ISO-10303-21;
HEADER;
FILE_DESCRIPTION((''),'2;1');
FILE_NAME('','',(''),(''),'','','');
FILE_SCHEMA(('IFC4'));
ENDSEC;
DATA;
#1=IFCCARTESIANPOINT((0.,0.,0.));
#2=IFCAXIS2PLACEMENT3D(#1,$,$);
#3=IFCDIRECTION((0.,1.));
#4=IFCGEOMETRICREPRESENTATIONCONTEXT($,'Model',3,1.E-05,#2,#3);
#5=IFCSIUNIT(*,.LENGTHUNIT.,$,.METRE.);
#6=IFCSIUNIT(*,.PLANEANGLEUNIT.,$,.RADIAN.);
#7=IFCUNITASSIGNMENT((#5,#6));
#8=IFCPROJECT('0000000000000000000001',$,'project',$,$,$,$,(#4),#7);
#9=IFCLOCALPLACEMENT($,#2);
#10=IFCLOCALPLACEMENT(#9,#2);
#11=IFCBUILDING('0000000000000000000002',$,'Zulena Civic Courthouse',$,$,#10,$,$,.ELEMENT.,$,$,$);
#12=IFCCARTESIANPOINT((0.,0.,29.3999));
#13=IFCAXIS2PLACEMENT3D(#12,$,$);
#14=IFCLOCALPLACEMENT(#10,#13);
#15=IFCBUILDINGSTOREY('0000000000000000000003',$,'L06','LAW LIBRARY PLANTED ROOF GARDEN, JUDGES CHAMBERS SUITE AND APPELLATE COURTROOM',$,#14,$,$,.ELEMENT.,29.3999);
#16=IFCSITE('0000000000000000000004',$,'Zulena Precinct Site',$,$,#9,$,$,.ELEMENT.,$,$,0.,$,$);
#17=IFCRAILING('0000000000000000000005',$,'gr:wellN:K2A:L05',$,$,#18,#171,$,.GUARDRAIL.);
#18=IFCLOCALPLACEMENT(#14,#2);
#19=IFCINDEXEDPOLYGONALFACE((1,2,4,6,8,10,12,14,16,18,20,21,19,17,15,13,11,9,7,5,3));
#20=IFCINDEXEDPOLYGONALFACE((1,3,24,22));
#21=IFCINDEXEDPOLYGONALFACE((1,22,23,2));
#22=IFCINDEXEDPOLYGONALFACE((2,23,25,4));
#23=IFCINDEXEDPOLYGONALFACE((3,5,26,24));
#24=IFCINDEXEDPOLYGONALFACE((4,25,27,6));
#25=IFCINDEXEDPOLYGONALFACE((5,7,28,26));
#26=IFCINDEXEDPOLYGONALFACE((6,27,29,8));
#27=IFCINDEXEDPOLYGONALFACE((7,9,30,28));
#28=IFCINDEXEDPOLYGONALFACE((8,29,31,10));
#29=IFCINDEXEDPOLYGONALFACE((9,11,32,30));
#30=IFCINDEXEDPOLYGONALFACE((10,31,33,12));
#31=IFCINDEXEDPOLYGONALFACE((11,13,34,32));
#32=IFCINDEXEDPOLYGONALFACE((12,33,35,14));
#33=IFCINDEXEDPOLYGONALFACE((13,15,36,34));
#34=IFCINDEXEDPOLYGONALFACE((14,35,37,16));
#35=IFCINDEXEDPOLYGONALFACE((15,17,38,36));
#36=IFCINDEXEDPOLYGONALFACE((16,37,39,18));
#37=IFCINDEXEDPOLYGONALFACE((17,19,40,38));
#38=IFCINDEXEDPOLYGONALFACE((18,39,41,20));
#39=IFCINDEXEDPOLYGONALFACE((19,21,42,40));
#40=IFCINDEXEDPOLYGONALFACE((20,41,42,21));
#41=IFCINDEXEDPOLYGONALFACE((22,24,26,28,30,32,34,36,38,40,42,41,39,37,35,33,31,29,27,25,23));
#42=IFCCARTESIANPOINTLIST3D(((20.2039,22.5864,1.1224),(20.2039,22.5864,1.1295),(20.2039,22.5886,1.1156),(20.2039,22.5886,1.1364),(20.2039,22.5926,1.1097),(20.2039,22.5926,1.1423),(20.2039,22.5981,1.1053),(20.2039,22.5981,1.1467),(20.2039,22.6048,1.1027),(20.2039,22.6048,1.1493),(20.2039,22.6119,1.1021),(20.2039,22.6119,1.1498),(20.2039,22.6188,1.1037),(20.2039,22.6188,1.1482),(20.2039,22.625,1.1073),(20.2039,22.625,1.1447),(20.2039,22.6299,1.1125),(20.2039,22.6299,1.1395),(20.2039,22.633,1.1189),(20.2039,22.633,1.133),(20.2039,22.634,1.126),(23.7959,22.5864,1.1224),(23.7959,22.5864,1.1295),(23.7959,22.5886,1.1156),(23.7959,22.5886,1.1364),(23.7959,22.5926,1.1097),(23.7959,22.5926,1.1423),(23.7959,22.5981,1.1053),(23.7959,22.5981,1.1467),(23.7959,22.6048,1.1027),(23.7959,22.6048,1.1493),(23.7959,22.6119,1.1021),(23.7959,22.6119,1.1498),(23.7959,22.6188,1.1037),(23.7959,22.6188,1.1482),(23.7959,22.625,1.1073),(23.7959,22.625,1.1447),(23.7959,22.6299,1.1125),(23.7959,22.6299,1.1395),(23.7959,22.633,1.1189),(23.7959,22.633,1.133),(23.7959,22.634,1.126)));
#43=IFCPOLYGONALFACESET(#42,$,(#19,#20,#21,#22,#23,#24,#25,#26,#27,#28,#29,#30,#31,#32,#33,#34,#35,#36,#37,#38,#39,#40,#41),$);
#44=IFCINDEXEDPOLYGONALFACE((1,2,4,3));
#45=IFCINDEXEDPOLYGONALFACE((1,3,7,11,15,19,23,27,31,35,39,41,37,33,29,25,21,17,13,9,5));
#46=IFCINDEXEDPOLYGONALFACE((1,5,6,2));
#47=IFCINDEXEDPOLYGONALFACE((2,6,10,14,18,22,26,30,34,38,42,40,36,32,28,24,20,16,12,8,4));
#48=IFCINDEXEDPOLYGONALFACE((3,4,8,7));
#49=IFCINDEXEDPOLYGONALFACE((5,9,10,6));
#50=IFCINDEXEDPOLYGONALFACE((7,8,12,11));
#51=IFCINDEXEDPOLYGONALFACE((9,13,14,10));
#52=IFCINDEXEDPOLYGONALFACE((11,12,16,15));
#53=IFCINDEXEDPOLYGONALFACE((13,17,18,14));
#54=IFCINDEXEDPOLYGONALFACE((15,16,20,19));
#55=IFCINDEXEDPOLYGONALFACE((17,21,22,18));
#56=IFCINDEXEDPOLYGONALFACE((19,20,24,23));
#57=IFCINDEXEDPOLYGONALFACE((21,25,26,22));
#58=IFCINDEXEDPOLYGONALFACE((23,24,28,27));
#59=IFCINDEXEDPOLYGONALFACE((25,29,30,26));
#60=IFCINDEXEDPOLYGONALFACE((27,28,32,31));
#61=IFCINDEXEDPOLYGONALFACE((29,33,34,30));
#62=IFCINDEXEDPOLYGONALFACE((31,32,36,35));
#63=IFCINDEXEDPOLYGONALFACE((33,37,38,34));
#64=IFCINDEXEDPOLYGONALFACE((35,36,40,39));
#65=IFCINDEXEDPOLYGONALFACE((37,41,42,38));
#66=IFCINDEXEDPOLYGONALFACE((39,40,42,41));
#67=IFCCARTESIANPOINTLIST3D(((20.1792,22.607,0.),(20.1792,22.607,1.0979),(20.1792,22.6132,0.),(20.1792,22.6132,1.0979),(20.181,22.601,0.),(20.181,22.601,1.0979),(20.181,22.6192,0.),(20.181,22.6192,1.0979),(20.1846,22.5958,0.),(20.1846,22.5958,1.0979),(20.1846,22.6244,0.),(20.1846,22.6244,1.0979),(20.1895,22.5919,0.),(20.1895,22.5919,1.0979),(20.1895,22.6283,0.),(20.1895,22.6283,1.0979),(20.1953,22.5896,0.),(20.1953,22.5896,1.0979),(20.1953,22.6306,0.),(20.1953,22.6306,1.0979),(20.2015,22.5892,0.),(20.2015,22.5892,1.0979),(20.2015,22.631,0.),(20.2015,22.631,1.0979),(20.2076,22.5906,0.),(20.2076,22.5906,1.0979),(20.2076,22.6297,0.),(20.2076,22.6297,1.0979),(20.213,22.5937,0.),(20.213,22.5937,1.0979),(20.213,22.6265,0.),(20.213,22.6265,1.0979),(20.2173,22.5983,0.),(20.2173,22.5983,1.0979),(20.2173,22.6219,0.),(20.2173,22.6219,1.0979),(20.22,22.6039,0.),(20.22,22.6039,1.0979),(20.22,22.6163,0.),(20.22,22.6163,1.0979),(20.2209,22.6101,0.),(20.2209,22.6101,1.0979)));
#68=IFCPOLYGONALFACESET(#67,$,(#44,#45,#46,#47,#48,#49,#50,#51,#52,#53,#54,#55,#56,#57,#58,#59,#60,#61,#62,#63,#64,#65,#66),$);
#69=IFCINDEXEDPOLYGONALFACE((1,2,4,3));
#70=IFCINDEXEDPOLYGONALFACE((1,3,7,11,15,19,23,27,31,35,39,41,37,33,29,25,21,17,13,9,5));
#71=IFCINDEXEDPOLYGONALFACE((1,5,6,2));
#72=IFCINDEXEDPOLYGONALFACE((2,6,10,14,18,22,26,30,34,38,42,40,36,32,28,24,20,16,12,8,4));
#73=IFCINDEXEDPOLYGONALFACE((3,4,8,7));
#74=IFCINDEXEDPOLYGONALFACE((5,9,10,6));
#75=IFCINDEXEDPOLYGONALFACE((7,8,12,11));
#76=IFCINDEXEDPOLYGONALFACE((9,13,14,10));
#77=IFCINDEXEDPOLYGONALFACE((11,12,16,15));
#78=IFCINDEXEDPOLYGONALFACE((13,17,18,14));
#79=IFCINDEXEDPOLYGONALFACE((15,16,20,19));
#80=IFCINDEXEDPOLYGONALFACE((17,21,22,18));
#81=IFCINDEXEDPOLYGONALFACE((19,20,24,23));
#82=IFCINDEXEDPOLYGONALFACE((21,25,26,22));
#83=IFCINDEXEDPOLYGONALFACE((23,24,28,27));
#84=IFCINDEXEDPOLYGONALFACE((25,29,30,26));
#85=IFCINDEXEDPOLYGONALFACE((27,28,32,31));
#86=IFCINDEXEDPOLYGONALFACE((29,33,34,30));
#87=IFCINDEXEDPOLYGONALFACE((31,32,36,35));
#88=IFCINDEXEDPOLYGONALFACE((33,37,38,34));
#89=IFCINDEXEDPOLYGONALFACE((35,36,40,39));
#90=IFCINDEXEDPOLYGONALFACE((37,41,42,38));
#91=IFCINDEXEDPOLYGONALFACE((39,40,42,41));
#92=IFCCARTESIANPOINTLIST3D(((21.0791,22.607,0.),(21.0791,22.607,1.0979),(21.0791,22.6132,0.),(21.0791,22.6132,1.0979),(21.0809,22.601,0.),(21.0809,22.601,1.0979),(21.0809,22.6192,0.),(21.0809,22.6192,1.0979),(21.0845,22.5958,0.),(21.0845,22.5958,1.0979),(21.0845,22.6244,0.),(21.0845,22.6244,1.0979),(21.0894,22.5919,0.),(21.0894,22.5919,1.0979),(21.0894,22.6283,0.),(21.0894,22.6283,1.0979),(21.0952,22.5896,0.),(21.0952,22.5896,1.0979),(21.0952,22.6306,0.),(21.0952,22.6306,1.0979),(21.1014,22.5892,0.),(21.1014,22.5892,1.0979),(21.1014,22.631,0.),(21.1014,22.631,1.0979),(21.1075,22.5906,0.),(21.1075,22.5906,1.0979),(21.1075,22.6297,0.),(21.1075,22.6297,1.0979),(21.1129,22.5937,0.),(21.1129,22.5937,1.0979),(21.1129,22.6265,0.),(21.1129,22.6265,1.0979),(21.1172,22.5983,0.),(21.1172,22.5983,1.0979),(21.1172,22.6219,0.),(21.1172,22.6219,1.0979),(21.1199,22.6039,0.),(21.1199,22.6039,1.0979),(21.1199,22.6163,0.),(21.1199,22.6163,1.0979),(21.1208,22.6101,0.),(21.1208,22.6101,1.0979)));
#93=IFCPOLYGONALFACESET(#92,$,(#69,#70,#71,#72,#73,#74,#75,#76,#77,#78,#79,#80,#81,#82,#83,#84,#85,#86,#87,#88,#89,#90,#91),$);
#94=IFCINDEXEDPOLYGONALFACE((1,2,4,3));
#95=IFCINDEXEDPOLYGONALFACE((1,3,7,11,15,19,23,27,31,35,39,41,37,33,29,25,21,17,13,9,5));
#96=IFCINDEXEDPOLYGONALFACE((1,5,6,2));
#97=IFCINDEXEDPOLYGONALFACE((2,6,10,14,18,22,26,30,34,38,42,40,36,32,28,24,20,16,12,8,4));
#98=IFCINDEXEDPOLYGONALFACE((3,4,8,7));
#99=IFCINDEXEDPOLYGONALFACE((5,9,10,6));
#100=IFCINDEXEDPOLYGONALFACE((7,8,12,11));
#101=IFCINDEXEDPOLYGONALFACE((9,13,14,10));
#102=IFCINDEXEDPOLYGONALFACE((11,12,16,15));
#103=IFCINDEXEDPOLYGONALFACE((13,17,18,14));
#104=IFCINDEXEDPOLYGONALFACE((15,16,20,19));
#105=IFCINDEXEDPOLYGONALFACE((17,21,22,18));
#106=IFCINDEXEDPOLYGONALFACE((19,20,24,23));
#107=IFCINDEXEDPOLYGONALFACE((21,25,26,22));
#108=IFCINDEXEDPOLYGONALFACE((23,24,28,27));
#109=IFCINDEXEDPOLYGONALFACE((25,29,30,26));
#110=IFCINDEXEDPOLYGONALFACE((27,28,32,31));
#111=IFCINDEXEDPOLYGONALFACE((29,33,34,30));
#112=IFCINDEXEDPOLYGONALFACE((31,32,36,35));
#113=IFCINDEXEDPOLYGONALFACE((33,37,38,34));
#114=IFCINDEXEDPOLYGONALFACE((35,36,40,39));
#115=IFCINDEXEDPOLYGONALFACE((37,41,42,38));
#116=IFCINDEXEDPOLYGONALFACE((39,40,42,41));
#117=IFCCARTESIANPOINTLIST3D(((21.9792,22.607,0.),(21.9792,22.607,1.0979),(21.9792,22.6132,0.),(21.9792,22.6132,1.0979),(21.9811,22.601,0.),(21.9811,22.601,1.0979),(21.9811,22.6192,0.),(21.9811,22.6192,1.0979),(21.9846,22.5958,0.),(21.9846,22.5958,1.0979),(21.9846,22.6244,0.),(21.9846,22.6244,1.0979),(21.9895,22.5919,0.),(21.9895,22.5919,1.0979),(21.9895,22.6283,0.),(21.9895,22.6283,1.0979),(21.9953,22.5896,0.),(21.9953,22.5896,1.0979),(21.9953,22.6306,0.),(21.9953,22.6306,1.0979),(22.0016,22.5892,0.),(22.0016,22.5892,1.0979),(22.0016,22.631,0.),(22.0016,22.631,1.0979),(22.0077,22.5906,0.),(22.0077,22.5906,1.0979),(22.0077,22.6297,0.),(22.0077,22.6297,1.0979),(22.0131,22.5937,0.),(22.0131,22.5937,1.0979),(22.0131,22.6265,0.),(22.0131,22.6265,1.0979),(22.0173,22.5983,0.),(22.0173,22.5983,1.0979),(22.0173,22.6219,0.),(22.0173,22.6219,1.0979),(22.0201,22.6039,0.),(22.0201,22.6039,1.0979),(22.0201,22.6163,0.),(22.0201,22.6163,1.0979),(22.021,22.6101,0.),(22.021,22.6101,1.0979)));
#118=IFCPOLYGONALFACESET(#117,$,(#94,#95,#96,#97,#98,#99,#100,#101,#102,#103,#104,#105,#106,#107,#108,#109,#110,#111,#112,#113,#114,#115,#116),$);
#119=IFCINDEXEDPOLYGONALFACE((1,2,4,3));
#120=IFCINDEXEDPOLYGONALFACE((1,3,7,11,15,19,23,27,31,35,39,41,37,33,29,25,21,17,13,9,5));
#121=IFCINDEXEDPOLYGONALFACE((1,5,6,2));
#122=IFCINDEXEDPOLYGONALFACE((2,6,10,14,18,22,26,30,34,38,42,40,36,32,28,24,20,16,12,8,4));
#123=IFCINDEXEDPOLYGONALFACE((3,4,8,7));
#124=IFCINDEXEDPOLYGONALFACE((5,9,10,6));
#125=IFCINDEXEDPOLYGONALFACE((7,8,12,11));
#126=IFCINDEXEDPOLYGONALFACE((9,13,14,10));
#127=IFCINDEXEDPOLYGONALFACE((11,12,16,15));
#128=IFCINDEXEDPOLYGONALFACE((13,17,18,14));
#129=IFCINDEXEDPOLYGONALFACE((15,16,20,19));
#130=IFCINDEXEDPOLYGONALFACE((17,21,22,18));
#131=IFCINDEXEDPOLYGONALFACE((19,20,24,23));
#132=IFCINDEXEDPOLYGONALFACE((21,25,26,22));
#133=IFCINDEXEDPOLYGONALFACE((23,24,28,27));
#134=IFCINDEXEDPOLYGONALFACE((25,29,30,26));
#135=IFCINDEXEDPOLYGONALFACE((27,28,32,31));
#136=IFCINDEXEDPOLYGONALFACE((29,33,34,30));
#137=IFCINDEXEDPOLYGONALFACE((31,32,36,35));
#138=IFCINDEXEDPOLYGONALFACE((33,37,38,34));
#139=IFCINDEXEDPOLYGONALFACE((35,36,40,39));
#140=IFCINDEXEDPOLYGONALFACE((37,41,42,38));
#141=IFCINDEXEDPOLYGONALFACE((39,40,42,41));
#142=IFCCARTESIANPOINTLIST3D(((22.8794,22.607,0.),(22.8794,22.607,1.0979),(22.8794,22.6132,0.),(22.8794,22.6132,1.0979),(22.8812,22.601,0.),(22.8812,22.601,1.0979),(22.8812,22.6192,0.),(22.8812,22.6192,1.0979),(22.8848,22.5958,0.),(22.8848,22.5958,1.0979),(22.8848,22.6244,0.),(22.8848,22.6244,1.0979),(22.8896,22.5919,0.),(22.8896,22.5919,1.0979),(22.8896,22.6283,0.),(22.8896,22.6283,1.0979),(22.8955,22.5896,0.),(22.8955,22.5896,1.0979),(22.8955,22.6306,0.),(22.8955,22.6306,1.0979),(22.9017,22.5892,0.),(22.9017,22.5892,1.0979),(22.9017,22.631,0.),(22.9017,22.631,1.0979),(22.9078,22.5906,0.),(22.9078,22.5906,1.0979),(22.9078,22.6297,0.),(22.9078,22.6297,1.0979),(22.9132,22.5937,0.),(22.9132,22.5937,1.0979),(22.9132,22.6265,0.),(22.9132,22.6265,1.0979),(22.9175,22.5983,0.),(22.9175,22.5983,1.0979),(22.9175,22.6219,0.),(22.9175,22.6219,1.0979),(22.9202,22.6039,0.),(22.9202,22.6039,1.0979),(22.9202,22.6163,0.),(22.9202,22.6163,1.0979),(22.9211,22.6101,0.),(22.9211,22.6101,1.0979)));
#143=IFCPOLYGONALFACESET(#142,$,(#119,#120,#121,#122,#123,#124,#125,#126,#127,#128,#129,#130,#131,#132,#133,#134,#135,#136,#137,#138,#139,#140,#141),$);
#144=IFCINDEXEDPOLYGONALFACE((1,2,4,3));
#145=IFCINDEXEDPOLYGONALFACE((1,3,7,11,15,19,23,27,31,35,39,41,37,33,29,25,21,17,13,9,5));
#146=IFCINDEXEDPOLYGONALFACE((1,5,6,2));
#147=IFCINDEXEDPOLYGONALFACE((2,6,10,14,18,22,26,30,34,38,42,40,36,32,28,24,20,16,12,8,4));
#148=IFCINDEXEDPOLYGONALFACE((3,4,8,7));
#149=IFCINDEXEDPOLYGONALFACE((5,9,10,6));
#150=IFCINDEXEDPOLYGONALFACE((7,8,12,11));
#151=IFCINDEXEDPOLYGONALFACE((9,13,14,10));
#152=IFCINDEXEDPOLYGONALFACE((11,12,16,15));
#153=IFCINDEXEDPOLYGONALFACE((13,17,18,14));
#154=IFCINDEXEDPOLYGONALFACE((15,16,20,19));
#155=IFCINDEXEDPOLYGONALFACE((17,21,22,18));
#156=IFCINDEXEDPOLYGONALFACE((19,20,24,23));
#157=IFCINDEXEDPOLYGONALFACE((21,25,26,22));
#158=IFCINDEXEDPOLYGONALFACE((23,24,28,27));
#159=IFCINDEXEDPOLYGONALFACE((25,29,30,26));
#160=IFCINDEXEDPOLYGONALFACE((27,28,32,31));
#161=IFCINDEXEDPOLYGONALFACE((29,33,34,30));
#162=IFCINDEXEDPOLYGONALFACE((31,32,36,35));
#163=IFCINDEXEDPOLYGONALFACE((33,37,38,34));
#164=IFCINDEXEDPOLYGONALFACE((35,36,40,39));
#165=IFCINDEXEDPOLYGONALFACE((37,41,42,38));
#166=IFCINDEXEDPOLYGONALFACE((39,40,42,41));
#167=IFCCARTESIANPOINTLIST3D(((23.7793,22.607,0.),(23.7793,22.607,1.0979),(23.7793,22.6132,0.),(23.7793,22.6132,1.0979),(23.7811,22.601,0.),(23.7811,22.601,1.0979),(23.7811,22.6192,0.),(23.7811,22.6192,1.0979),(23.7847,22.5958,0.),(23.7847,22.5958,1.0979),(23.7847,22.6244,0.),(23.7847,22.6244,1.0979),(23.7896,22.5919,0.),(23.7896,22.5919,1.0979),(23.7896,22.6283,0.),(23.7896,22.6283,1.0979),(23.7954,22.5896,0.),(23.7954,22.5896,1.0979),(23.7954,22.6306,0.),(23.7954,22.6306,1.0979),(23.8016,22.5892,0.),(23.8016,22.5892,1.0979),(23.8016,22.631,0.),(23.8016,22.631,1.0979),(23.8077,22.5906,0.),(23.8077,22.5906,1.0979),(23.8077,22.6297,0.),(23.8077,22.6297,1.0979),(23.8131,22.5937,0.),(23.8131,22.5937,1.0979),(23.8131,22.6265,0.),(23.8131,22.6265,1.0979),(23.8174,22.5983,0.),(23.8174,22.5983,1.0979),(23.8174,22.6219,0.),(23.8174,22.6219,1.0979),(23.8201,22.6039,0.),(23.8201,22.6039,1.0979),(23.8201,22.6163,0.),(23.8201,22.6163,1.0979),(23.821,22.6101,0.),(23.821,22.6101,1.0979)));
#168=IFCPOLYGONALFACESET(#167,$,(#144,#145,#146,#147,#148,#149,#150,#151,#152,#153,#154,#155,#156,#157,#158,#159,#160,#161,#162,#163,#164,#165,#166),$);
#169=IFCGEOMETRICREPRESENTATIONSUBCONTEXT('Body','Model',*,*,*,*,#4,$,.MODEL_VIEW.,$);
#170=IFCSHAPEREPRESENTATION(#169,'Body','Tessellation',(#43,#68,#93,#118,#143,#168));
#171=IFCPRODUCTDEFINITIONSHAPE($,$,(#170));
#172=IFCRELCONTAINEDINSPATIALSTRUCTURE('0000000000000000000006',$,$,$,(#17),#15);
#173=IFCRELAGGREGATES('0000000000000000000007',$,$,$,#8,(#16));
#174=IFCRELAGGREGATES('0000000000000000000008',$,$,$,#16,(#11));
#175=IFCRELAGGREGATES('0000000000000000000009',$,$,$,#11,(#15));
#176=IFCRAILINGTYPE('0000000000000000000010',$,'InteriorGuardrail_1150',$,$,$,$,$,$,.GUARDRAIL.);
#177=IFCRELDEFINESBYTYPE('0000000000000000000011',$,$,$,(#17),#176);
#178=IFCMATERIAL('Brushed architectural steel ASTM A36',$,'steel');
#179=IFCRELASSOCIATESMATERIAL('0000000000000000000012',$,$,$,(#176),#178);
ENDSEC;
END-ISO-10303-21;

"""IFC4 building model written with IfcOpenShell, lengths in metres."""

from ifc_helpers import new_model, si_unit, direction, frame, origin, origin_2d, place, context, subcontext, project, spatial, circle, extrude, material, type_object, element, save


model = new_model("IFC4")

# Units and contexts
model_context = context("Model", 3, precision=1e-05, world=origin(), true_north=direction((0.0, 1.0)))
body_context = subcontext(model_context, "Body", "Model", "MODEL_VIEW")
ifc_project = project(units=[si_unit("LENGTHUNIT", "METRE"), si_unit("PLANEANGLEUNIT", "RADIAN")], contexts=[model_context])

# Site, building, storey
site_placement = place(None, origin())
site = spatial("IfcSite", under=ifc_project, at=site_placement, Name="Zulena Precinct Site", CompositionType="ELEMENT", RefElevation=0.0)
building_placement = place(site_placement, origin())
building = spatial("IfcBuilding", under=site, at=building_placement, Name="Zulena Civic Courthouse", CompositionType="ELEMENT")
storey_placement = place(building_placement, frame((0.0, 0.0, 29.3999)))
storey = spatial("IfcBuildingStorey", under=building, at=storey_placement, Name="L06", Description="LAW LIBRARY PLANTED ROOF GARDEN, JUDGES CHAMBERS SUITE AND APPELLATE COURTROOM", CompositionType="ELEMENT", Elevation=29.3999)

# Railing
ifc_material_1 = material(Name="Brushed architectural steel ASTM A36", Category="steel")
railing_type = type_object("IfcRailingType", Name="InteriorGuardrail_1150", PredefinedType="GUARDRAIL", material=ifc_material_1)
railing_1_placement = place(storey_placement, frame((20.2, 22.6101, 0.0)))
element("IfcRailing", 1, at=railing_1_placement, inside=storey, type_object=railing_type, Name="gr:wellN:K2A:L05", PredefinedType="GUARDRAIL", context=body_context, shape_type="SweptSolid", body=[
    extrude(circle(Radius=0.0239, at=origin_2d()), frame((0.0039, 0.0, 1.126), z_axis=(1.0, 0.0, 0.0), x_axis=(0.0, 1.0, 0.0)), (0.0, 0.0, 1.0), 3.592),
    extrude(circle(Radius=0.021, at=origin_2d()), origin(), (0.0, 0.0, 1.0), 1.0979),
    extrude(circle(Radius=0.021, at=origin_2d()), frame((0.8999, 0.0, 0.0)), (0.0, 0.0, 1.0), 1.0979),
    extrude(circle(Radius=0.021, at=origin_2d()), frame((1.8, 0.0, 0.0)), (0.0, 0.0, 1.0), 1.0979),
    extrude(circle(Radius=0.021, at=origin_2d()), frame((2.7002, 0.0, 0.0)), (0.0, 0.0, 1.0), 1.0979),
    extrude(circle(Radius=0.021, at=origin_2d()), frame((3.6001, 0.0, 0.0)), (0.0, 0.0, 1.0), 1.0979),
])

save(model, "model.ifc")
